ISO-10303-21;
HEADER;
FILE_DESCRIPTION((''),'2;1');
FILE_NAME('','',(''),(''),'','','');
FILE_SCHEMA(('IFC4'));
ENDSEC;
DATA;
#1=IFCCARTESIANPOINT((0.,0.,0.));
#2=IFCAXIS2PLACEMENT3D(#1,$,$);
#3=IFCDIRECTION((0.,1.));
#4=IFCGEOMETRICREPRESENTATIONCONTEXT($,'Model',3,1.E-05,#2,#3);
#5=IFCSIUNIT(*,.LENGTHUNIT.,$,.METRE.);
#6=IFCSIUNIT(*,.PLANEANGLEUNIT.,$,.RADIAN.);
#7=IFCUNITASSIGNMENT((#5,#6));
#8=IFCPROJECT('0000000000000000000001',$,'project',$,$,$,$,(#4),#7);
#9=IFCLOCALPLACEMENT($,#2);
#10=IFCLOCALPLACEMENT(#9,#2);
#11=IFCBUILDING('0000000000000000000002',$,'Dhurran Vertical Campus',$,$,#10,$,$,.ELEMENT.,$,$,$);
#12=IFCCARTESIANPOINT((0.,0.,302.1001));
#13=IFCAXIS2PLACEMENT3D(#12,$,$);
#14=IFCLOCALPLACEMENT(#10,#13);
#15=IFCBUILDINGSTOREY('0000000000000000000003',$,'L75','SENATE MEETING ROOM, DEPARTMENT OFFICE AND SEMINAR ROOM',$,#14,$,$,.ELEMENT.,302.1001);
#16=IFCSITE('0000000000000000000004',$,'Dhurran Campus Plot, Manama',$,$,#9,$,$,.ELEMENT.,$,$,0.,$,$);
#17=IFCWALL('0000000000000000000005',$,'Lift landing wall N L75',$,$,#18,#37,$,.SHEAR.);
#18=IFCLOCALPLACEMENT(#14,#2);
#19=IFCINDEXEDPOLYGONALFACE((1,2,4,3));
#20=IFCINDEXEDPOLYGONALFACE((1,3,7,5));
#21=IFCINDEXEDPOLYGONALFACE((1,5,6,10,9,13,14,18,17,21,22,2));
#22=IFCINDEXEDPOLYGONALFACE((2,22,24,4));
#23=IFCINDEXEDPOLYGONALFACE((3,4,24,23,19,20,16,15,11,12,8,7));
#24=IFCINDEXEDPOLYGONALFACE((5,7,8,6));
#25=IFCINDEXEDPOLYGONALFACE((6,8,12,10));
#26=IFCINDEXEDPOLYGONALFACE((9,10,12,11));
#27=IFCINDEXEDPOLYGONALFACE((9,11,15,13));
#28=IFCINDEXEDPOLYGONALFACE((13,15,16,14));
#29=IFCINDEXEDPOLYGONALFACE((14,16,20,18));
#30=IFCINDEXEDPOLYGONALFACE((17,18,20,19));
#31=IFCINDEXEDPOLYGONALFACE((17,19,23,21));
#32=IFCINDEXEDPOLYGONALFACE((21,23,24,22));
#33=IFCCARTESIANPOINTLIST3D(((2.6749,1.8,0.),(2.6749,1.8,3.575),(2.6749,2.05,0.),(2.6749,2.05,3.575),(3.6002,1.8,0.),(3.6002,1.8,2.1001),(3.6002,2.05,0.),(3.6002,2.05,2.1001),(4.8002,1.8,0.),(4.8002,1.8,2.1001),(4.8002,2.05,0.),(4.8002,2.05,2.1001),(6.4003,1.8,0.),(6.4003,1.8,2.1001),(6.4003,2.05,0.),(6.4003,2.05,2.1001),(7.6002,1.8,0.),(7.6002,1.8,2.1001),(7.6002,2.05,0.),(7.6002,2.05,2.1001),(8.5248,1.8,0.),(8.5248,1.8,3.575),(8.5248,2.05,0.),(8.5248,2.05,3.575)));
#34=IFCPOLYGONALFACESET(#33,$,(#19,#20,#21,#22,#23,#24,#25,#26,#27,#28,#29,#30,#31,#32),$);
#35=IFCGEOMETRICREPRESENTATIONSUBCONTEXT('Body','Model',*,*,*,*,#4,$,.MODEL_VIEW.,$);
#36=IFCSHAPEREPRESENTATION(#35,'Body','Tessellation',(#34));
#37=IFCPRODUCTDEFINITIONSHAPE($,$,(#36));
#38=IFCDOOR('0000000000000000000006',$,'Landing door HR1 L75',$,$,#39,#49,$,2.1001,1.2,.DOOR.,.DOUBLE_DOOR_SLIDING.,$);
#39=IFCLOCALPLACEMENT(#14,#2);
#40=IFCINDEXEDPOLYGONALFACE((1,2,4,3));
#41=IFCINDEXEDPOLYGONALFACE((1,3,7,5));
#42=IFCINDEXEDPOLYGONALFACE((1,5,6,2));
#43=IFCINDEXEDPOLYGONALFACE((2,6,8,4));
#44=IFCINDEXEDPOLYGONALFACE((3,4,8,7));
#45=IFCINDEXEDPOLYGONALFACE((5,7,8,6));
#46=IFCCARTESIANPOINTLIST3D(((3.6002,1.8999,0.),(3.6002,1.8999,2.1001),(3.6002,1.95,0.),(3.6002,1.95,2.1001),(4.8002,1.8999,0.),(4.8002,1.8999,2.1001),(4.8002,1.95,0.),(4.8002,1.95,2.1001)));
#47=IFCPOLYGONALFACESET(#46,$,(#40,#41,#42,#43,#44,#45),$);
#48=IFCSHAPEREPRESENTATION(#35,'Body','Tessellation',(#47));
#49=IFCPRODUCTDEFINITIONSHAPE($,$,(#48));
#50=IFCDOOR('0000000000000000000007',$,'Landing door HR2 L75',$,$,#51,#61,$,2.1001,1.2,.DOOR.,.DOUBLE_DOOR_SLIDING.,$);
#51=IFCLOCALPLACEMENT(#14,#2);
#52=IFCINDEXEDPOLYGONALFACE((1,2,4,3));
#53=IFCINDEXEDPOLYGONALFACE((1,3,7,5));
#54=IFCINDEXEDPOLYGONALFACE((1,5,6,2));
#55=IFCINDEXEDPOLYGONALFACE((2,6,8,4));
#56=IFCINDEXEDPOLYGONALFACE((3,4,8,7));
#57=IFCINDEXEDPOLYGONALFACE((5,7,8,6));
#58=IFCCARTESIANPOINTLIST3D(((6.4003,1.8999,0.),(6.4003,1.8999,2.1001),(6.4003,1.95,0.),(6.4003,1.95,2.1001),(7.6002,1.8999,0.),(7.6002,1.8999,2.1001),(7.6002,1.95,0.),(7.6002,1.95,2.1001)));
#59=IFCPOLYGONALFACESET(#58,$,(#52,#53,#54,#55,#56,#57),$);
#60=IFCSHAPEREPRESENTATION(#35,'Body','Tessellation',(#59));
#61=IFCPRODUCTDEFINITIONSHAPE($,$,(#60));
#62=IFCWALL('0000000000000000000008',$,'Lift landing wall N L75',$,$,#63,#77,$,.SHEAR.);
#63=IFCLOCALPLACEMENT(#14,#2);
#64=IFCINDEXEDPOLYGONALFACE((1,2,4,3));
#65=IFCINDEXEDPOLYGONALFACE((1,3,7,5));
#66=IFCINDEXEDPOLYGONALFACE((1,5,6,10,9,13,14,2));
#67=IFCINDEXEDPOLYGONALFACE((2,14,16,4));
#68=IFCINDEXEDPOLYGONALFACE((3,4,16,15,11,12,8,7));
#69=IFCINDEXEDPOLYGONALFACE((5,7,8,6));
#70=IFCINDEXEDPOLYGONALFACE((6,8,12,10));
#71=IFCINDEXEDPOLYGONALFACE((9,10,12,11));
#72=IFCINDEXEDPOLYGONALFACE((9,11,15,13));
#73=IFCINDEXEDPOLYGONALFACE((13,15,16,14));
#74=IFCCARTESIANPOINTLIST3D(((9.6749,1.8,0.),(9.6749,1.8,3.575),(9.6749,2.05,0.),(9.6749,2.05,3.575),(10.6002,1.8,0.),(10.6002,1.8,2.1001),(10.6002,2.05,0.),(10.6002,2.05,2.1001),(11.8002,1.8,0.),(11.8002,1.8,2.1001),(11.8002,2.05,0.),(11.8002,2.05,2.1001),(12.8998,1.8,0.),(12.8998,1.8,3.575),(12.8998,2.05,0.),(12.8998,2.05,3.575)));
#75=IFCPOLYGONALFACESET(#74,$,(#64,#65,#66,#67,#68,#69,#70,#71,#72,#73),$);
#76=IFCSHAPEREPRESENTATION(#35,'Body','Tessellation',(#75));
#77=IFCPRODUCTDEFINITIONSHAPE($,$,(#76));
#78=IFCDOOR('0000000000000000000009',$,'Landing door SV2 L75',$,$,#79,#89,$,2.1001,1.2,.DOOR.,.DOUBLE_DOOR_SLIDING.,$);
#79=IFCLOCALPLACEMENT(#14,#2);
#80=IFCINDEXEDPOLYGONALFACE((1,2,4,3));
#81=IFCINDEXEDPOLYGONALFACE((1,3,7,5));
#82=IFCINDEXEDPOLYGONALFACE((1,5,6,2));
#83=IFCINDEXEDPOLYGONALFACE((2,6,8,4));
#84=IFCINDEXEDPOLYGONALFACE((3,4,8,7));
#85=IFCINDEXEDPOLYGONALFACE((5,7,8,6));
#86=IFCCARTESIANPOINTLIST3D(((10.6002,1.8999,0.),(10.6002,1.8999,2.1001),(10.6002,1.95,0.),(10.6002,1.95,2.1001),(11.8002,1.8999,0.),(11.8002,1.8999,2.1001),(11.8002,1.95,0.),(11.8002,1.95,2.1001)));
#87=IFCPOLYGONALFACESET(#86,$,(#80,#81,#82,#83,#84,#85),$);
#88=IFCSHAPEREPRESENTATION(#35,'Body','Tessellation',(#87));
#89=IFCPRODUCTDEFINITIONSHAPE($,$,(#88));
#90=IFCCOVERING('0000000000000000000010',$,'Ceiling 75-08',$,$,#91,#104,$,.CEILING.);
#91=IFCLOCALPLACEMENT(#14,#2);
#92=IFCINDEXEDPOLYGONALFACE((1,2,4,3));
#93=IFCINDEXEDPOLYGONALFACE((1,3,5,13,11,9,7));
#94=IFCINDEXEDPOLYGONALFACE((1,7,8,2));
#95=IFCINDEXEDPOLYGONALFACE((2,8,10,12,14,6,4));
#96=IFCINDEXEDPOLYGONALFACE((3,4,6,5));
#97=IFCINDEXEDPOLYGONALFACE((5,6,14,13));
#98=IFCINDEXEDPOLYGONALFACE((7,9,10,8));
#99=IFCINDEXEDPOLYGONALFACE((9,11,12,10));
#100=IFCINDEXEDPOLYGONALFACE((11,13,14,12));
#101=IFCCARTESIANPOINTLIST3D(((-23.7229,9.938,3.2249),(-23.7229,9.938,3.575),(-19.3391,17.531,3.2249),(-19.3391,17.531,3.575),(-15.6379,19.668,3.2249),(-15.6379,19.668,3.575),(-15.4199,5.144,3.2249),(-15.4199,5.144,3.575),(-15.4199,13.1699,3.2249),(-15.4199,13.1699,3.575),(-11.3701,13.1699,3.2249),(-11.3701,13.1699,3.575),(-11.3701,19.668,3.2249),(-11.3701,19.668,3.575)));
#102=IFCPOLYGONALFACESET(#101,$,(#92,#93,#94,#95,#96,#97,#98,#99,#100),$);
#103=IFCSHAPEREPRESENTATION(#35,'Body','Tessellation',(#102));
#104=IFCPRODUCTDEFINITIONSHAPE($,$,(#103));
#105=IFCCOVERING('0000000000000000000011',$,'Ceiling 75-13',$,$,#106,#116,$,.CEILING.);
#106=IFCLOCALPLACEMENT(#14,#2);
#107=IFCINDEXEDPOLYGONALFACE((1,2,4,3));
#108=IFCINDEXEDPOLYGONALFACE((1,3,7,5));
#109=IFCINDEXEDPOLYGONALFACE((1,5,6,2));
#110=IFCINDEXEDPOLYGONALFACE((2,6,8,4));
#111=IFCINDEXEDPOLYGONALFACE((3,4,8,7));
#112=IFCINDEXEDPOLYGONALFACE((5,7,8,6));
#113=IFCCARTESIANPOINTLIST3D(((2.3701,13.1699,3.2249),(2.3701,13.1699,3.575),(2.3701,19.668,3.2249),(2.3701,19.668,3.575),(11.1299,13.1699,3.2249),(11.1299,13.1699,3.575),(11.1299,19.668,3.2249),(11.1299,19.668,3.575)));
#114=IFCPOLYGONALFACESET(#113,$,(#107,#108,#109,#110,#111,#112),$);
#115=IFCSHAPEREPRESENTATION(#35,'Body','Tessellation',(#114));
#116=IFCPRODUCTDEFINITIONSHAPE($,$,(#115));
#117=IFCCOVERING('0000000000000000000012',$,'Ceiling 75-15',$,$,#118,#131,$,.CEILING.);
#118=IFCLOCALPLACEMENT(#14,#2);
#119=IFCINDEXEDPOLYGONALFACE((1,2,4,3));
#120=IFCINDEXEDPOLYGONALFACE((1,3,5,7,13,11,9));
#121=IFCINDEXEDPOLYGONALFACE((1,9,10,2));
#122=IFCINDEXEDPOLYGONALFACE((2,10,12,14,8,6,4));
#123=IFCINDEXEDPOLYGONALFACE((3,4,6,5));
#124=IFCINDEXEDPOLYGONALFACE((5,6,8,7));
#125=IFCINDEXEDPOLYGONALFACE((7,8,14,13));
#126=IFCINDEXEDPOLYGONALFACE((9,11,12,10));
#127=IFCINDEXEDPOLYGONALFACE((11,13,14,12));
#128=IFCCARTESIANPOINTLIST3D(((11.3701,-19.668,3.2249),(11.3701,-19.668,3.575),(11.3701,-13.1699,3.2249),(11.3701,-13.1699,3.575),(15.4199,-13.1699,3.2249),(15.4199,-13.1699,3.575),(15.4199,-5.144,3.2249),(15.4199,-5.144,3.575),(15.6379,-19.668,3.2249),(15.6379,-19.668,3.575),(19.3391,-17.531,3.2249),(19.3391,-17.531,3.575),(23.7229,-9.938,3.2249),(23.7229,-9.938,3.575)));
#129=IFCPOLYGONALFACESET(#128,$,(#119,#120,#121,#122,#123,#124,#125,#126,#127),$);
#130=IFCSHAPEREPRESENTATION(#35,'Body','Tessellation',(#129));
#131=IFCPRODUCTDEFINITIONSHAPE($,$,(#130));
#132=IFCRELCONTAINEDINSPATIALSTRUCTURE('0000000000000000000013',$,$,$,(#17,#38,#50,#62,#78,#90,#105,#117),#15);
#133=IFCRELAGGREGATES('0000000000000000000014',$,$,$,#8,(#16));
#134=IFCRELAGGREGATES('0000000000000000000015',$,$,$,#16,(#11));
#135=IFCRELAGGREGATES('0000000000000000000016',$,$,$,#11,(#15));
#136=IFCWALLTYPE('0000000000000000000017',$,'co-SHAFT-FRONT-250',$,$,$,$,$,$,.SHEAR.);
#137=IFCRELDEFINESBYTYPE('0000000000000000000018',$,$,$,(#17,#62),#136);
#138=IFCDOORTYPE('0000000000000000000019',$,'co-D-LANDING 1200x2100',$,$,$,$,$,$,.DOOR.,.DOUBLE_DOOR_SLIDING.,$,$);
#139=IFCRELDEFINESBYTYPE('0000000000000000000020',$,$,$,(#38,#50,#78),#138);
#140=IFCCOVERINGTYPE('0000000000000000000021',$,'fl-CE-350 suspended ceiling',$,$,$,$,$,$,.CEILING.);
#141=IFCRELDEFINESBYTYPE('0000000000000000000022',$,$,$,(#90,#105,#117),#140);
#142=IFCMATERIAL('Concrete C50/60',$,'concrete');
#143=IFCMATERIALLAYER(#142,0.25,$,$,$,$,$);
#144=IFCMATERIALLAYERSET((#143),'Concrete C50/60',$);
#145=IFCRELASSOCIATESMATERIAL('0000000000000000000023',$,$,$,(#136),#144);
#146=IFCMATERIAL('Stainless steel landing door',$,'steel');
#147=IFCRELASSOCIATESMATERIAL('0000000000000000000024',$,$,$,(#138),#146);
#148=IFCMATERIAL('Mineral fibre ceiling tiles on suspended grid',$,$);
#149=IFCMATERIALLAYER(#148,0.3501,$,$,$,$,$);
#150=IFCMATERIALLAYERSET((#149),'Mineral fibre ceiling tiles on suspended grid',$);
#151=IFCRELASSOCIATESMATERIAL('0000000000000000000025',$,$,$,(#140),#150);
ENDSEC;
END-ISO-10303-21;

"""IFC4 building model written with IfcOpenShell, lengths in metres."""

from ifc_helpers import new_model, si_unit, direction, frame, frame_2d, origin, place, context, subcontext, project, spatial, polyline, rectangle, outline, extrude, material, layer, layer_set, type_object, element, fill, save


model = new_model("IFC4")

# Units and contexts
model_context = context("Model", 3, precision=1e-05, world=origin(), true_north=direction((0.0, 1.0)))
body_context = subcontext(model_context, "Body", "Model", "MODEL_VIEW")
ifc_project = project(units=[si_unit("LENGTHUNIT", "METRE"), si_unit("PLANEANGLEUNIT", "RADIAN")], contexts=[model_context])

# Site, building, storey
site_placement = place(None, origin())
site = spatial("IfcSite", under=ifc_project, at=site_placement, Name="Dhurran Campus Plot, Manama", CompositionType="ELEMENT", RefElevation=0.0)
building_placement = place(site_placement, origin())
building = spatial("IfcBuilding", under=site, at=building_placement, Name="Dhurran Vertical Campus", CompositionType="ELEMENT")
storey_placement = place(building_placement, frame((0.0, 0.0, 302.1001)))
storey = spatial("IfcBuildingStorey", under=building, at=storey_placement, Name="L75", Description="SENATE MEETING ROOM, DEPARTMENT OFFICE AND SEMINAR ROOM", CompositionType="ELEMENT", Elevation=302.1001)

# Wall, openings, doors
ifc_material_1 = material(Name="Concrete C50/60", Category="concrete")
ifc_layer_1 = layer(ifc_material_1, 0.25)
ifc_layer_set_1 = layer_set([ifc_layer_1], Name="Concrete C50/60")
wall_type_1 = type_object("IfcWallType", Name="co-SHAFT-FRONT-250", PredefinedType="SHEAR", material=ifc_layer_set_1)
wall_1_placement = place(storey_placement, frame((2.675, 1.925, 0.0), z_axis=(0.0, 0.0, 1.0), x_axis=(1.0, 0.0, 0.0)))
wall_1 = element("IfcWall", 1, at=wall_1_placement, inside=storey, type_object=wall_type_1, Name="Lift landing wall N L75", PredefinedType="SHEAR", context=body_context, shape_type="SweptSolid", body=[
    extrude(rectangle(XDim=5.8499, YDim=0.25, at=frame_2d((2.9248, 0.0))), origin(), (0.0, 0.0, 1.0), 3.575),
])
opening_1_placement = place(wall_1_placement, frame((0.925, 0.0, 0.0)))
opening_1 = element("IfcOpeningElement", 2, at=opening_1_placement, cuts=wall_1, PredefinedType="OPENING", context=body_context, shape_type="SweptSolid", body=[
    extrude(rectangle(XDim=1.2, YDim=2.1001, at=frame_2d((0.6001, 1.05))), frame((0.0, 0.135, 0.0), z_axis=(0.0, -1.0, 0.0), x_axis=(1.0, 0.0, 0.0)), (0.0, 0.0, 1.0), 0.27),
])
opening_2_placement = place(wall_1_placement, frame((3.7251, 0.0, 0.0)))
opening_2 = element("IfcOpeningElement", 3, at=opening_2_placement, cuts=wall_1, PredefinedType="OPENING", context=body_context, shape_type="SweptSolid", body=[
    extrude(rectangle(XDim=1.2, YDim=2.1001, at=frame_2d((0.6001, 1.05))), frame((0.0, 0.135, 0.0), z_axis=(0.0, -1.0, 0.0), x_axis=(1.0, 0.0, 0.0)), (0.0, 0.0, 1.0), 0.27),
])
ifc_material_2 = material(Name="Stainless steel landing door", Category="steel")
door_type_1 = type_object("IfcDoorType", Name="co-D-LANDING 1200x2100", OperationType="DOUBLE_DOOR_SLIDING", PredefinedType="DOOR", material=ifc_material_2)
door_1_placement = place(opening_1_placement, origin())
door_1 = element("IfcDoor", 4, at=door_1_placement, inside=storey, type_object=door_type_1, Name="Landing door HR1 L75", OperationType="DOUBLE_DOOR_SLIDING", OverallHeight=2.1001, OverallWidth=1.2, PredefinedType="DOOR", context=body_context, shape_type="SweptSolid", body=[
    extrude(rectangle(XDim=1.2, YDim=2.1001, at=frame_2d((0.6001, 1.05))), frame((0.0, 0.0249, 0.0), z_axis=(0.0, -1.0, 0.0), x_axis=(1.0, 0.0, 0.0)), (0.0, 0.0, 1.0), 0.05),
])
fill(opening_1, door_1)
door_2_placement = place(opening_2_placement, origin())
door_2 = element("IfcDoor", 5, at=door_2_placement, inside=storey, type_object=door_type_1, Name="Landing door HR2 L75", OperationType="DOUBLE_DOOR_SLIDING", OverallHeight=2.1001, OverallWidth=1.2, PredefinedType="DOOR", context=body_context, shape_type="SweptSolid", body=[
    extrude(rectangle(XDim=1.2, YDim=2.1001, at=frame_2d((0.6001, 1.05))), frame((0.0, 0.0249, 0.0), z_axis=(0.0, -1.0, 0.0), x_axis=(1.0, 0.0, 0.0)), (0.0, 0.0, 1.0), 0.05),
])
fill(opening_2, door_2)

# Wall, opening, door
wall_2_placement = place(storey_placement, frame((9.675, 1.925, 0.0), z_axis=(0.0, 0.0, 1.0), x_axis=(1.0, 0.0, 0.0)))
wall_2 = element("IfcWall", 6, at=wall_2_placement, inside=storey, type_object=wall_type_1, Name="Lift landing wall N L75", PredefinedType="SHEAR", context=body_context, shape_type="SweptSolid", body=[
    extrude(rectangle(XDim=3.2249, YDim=0.25, at=frame_2d((1.6123, 0.0))), origin(), (0.0, 0.0, 1.0), 3.575),
])
opening_3_placement = place(wall_2_placement, frame((0.925, 0.0, 0.0)))
opening_3 = element("IfcOpeningElement", 7, at=opening_3_placement, cuts=wall_2, PredefinedType="OPENING", context=body_context, shape_type="SweptSolid", body=[
    extrude(rectangle(XDim=1.2, YDim=2.1001, at=frame_2d((0.6001, 1.05))), frame((0.0, 0.135, 0.0), z_axis=(0.0, -1.0, 0.0), x_axis=(1.0, 0.0, 0.0)), (0.0, 0.0, 1.0), 0.27),
])
door_3_placement = place(opening_3_placement, origin())
door_3 = element("IfcDoor", 8, at=door_3_placement, inside=storey, type_object=door_type_1, Name="Landing door SV2 L75", OperationType="DOUBLE_DOOR_SLIDING", OverallHeight=2.1001, OverallWidth=1.2, PredefinedType="DOOR", context=body_context, shape_type="SweptSolid", body=[
    extrude(rectangle(XDim=1.2, YDim=2.1001, at=frame_2d((0.6001, 1.05))), frame((0.0, 0.0249, 0.0), z_axis=(0.0, -1.0, 0.0), x_axis=(1.0, 0.0, 0.0)), (0.0, 0.0, 1.0), 0.05),
])
fill(opening_3, door_3)

# Coverings
ifc_material_3 = material(Name="Mineral fibre ceiling tiles on suspended grid")
ifc_layer_2 = layer(ifc_material_3, 0.3501)
ifc_layer_set_2 = layer_set([ifc_layer_2], Name="Mineral fibre ceiling tiles on suspended grid")
covering_type = type_object("IfcCoveringType", Name="fl-CE-350 suspended ceiling", PredefinedType="CEILING", material=ifc_layer_set_2)
covering_1_placement = place(storey_placement, frame((0.0, 0.0, 3.2249)))
element("IfcCovering", 9, at=covering_1_placement, inside=storey, type_object=covering_type, Name="Ceiling 75-08", PredefinedType="CEILING", context=body_context, shape_type="SweptSolid", body=[
    extrude(outline(polyline([(-23.7229, 9.938), (-19.3391, 17.531), (-15.6379, 19.668), (-11.3701, 19.668), (-11.3701, 13.1699), (-15.4199, 13.1699), (-15.4199, 5.144), (-23.7229, 9.938)])), origin(), (0.0, 0.0, 1.0), 0.3501),
])
covering_2_placement = place(storey_placement, frame((0.0, 0.0, 3.2249)))
element("IfcCovering", 10, at=covering_2_placement, inside=storey, type_object=covering_type, Name="Ceiling 75-13", PredefinedType="CEILING", context=body_context, shape_type="SweptSolid", body=[
    extrude(outline(polyline([(2.3701, 19.668), (11.1299, 19.668), (11.1299, 13.1699), (2.3701, 13.1699), (2.3701, 19.668)])), origin(), (0.0, 0.0, 1.0), 0.3501),
])
covering_3_placement = place(storey_placement, frame((0.0, 0.0, 3.2249)))
element("IfcCovering", 11, at=covering_3_placement, inside=storey, type_object=covering_type, Name="Ceiling 75-15", PredefinedType="CEILING", context=body_context, shape_type="SweptSolid", body=[
    extrude(outline(polyline([(23.7229, -9.938), (19.3391, -17.531), (15.6379, -19.668), (11.3701, -19.668), (11.3701, -13.1699), (15.4199, -13.1699), (15.4199, -5.144), (23.7229, -9.938)])), origin(), (0.0, 0.0, 1.0), 0.3501),
])

save(model, "model.ifc")
